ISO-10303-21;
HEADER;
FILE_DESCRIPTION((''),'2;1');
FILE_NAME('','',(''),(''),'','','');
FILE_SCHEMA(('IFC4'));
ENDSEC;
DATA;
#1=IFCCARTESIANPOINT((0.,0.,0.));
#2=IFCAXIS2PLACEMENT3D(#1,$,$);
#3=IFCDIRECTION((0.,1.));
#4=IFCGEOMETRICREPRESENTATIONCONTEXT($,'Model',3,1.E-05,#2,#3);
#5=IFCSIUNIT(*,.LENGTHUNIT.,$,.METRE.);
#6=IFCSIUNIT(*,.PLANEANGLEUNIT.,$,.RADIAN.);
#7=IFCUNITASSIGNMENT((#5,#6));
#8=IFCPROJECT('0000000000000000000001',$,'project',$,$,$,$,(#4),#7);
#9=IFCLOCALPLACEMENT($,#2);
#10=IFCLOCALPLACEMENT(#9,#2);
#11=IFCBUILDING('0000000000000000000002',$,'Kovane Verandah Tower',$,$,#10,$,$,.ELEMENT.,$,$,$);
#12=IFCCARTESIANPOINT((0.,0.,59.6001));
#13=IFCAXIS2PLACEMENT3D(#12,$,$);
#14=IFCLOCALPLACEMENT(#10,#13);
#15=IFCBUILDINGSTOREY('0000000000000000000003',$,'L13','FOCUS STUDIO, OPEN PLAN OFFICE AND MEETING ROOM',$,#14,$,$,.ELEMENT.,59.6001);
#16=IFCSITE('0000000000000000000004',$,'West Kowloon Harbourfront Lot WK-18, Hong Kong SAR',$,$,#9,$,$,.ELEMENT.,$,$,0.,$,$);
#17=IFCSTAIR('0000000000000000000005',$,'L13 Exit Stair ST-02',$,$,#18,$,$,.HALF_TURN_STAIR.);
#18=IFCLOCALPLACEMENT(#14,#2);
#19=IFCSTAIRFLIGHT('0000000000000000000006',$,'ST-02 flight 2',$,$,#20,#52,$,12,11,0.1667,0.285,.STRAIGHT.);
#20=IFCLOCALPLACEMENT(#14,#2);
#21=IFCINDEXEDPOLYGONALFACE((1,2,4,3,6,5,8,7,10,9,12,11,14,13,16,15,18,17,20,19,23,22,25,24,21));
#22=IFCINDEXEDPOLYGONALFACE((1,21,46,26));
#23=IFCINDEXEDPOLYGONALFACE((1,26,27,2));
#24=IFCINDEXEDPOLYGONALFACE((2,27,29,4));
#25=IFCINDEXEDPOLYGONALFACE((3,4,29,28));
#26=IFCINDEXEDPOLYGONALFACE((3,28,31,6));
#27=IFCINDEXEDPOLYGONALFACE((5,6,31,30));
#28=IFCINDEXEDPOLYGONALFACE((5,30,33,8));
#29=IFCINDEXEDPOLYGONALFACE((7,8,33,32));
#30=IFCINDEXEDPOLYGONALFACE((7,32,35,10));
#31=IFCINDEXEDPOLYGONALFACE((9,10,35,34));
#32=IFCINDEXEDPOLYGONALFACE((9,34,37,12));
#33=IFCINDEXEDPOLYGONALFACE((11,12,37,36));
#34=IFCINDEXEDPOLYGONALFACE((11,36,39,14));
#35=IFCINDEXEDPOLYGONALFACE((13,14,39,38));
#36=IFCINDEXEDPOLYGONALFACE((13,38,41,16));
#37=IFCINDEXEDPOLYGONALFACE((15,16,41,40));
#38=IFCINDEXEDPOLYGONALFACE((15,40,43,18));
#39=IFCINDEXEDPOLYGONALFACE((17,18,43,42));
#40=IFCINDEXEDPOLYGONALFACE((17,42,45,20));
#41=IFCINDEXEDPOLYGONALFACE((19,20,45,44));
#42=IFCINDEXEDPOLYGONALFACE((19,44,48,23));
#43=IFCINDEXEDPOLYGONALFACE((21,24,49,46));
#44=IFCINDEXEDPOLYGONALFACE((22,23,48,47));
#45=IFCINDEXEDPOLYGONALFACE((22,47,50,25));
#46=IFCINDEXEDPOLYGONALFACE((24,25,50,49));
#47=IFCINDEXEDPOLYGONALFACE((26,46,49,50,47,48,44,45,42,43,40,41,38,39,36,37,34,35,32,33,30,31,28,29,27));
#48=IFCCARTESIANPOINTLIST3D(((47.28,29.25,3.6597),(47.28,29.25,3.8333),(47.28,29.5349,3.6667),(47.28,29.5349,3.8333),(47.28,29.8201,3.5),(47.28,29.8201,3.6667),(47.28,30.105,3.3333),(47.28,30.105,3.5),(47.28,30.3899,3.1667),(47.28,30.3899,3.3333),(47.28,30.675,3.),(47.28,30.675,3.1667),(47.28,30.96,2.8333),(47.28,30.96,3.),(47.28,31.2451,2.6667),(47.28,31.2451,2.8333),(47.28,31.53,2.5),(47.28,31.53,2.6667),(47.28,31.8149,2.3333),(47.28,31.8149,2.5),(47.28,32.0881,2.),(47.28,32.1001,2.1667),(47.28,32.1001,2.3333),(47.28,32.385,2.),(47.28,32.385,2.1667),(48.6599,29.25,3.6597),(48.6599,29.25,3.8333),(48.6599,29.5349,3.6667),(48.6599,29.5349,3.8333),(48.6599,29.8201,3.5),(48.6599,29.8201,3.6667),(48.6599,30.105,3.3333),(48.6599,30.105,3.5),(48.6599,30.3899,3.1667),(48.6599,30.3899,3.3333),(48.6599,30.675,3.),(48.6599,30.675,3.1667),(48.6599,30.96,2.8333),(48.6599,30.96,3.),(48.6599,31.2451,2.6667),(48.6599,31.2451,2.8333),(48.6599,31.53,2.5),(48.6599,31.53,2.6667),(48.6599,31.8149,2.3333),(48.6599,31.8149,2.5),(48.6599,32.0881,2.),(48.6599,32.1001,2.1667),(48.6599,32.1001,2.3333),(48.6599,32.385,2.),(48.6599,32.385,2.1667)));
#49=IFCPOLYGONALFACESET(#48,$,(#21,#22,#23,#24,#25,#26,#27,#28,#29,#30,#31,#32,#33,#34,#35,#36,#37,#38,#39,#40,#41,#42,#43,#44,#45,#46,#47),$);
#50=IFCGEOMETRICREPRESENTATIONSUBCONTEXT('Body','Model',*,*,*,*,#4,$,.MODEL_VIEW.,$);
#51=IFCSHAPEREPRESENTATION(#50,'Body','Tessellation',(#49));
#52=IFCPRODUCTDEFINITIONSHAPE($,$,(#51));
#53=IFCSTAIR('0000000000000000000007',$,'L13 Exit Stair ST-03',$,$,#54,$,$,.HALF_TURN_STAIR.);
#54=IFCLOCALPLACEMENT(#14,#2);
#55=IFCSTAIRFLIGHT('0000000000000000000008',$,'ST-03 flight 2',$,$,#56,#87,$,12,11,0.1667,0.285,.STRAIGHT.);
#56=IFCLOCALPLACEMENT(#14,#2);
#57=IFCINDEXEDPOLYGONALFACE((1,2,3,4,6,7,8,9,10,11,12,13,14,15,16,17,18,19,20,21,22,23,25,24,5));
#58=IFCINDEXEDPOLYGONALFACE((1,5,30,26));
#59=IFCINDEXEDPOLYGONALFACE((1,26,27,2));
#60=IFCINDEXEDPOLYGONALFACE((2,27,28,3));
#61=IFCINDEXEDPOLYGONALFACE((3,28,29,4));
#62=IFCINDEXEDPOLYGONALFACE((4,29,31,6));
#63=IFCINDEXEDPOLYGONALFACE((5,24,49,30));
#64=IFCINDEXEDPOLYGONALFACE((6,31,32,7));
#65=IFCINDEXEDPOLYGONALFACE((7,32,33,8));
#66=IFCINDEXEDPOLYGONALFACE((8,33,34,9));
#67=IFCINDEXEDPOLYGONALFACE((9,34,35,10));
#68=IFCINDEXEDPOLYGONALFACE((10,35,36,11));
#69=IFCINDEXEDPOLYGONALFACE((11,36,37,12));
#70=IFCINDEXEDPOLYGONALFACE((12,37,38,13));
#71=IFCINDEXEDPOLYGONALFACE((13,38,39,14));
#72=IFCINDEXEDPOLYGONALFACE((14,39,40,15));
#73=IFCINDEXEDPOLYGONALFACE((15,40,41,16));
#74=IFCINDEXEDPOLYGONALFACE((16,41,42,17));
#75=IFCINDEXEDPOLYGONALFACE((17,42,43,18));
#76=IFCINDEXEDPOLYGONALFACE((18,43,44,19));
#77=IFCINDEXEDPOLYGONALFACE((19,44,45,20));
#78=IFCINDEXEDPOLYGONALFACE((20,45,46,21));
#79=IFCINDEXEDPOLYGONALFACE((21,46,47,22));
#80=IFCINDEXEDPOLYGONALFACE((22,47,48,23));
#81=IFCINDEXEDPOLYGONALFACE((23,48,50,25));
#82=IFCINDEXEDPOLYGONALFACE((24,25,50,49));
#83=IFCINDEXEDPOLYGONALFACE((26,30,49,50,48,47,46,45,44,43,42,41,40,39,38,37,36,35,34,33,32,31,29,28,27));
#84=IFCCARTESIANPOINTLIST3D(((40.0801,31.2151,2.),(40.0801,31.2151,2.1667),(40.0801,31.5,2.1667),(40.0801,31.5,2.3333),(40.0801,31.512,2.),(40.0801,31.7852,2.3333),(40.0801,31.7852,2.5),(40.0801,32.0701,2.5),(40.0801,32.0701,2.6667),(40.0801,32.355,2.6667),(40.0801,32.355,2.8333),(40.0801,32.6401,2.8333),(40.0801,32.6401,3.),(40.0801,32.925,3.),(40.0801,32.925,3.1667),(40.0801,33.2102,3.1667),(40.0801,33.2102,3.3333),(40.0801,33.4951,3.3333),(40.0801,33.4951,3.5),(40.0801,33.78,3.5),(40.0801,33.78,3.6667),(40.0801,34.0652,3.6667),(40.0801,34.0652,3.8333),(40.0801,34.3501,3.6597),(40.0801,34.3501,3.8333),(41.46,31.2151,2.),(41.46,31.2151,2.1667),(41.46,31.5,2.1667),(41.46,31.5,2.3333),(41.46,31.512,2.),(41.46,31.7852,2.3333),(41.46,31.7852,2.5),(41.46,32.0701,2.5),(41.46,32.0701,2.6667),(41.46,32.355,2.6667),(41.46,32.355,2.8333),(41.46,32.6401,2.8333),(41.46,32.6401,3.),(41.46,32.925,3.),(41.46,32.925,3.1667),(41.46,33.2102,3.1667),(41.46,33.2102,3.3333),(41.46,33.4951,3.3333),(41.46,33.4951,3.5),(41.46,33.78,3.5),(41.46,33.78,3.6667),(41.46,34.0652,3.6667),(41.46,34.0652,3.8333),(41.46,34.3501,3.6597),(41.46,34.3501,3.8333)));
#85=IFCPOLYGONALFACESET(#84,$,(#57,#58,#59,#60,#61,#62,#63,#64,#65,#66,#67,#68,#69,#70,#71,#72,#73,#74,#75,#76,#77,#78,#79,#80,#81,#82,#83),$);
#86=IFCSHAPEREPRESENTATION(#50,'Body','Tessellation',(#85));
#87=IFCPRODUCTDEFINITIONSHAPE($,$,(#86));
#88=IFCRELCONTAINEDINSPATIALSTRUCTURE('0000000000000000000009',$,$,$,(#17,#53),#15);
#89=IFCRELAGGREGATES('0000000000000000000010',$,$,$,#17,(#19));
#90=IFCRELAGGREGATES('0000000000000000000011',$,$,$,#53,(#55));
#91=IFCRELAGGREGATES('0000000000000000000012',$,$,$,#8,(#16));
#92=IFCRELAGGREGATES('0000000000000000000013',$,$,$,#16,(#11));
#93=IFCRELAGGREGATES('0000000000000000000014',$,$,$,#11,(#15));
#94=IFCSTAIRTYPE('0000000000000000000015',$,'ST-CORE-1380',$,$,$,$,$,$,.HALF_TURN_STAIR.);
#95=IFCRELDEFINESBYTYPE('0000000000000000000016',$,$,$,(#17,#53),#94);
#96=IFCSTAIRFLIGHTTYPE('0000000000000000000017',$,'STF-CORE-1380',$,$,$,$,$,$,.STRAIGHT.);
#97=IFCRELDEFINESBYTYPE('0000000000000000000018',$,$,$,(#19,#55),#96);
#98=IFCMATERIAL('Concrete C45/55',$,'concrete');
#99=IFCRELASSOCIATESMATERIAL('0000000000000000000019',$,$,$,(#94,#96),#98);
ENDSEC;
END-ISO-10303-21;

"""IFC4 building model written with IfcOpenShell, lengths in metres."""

from ifc_helpers import new_model, si_unit, direction, frame, origin, place, context, subcontext, project, spatial, polyline, outline, extrude, material, type_object, element, aggregate, save


model = new_model("IFC4")

# Units and contexts
model_context = context("Model", 3, precision=1e-05, world=origin(), true_north=direction((0.0, 1.0)))
body_context = subcontext(model_context, "Body", "Model", "MODEL_VIEW")
ifc_project = project(units=[si_unit("LENGTHUNIT", "METRE"), si_unit("PLANEANGLEUNIT", "RADIAN")], contexts=[model_context])

# Site, building, storey
site_placement = place(None, origin())
site = spatial("IfcSite", under=ifc_project, at=site_placement, Name="West Kowloon Harbourfront Lot WK-18, Hong Kong SAR", CompositionType="ELEMENT", RefElevation=0.0)
building_placement = place(site_placement, origin())
building = spatial("IfcBuilding", under=site, at=building_placement, Name="Kovane Verandah Tower", CompositionType="ELEMENT")
storey_placement = place(building_placement, frame((0.0, 0.0, 59.6001)))
storey = spatial("IfcBuildingStorey", under=building, at=storey_placement, Name="L13", Description="FOCUS STUDIO, OPEN PLAN OFFICE AND MEETING ROOM", CompositionType="ELEMENT", Elevation=59.6001)

# Shared definitions
ifc_material_1 = material(Name="Concrete C45/55", Category="concrete")

# Stairs, stair flights
stair_type = type_object("IfcStairType", Name="ST-CORE-1380", PredefinedType="HALF_TURN_STAIR", material=ifc_material_1)
stair_1_placement = place(storey_placement, origin())
stair_1 = element("IfcStair", 1, at=stair_1_placement, inside=storey, type_object=stair_type, Name="L13 Exit Stair ST-02", PredefinedType="HALF_TURN_STAIR")
stair_flight_type = type_object("IfcStairFlightType", Name="STF-CORE-1380", PredefinedType="STRAIGHT", material=ifc_material_1)
stair_flight_1_placement = place(storey_placement, frame((47.97, 32.385, 2.0), z_axis=(0.0, 0.0, 1.0), x_axis=(0.0, -1.0, 0.0)))
stair_flight_1 = element("IfcStairFlight", 2, at=stair_flight_1_placement, type_object=stair_flight_type, Name="ST-02 flight 2", NumberOfRisers=12, NumberOfTreads=11, PredefinedType="STRAIGHT", RiserHeight=0.1667, TreadLength=0.285, context=body_context, shape_type="SweptSolid", body=[
    extrude(outline(polyline([(0.0, 0.0), (0.0, 0.1667), (0.2849, 0.1667), (0.2849, 0.3333), (0.5701, 0.3333), (0.5701, 0.5), (0.855, 0.5), (0.855, 0.6667), (1.1399, 0.6667), (1.1399, 0.8333), (1.425, 0.8333), (1.425, 1.0), (1.71, 1.0), (1.71, 1.1667), (1.9951, 1.1667), (1.9951, 1.3333), (2.28, 1.3333), (2.28, 1.5), (2.5649, 1.5), (2.5649, 1.6667), (2.8501, 1.6667), (2.8501, 1.8333), (3.135, 1.8333), (3.135, 2.0), (3.135, 1.6597), (0.2969, 0.0), (0.0, 0.0)])), frame((0.0, 0.6899, 0.0), z_axis=(0.0, -1.0, 0.0), x_axis=(1.0, 0.0, 0.0)), (0.0, 0.0, 1.0), 1.3799),
])
aggregate(stair_1, [stair_flight_1])
stair_2_placement = place(storey_placement, origin())
stair_2 = element("IfcStair", 3, at=stair_2_placement, inside=storey, type_object=stair_type, Name="L13 Exit Stair ST-03", PredefinedType="HALF_TURN_STAIR")
stair_flight_2_placement = place(storey_placement, frame((40.77, 31.2151, 2.0), z_axis=(0.0, 0.0, 1.0), x_axis=(0.0, 1.0, 0.0)))
stair_flight_2 = element("IfcStairFlight", 4, at=stair_flight_2_placement, type_object=stair_flight_type, Name="ST-03 flight 2", NumberOfRisers=12, NumberOfTreads=11, PredefinedType="STRAIGHT", RiserHeight=0.1667, TreadLength=0.285, context=body_context, shape_type="SweptSolid", body=[
    extrude(outline(polyline([(0.0, 0.0), (0.0, 0.1667), (0.2849, 0.1667), (0.2849, 0.3333), (0.5701, 0.3333), (0.5701, 0.5), (0.855, 0.5), (0.855, 0.6667), (1.1399, 0.6667), (1.1399, 0.8333), (1.425, 0.8333), (1.425, 1.0), (1.71, 1.0), (1.71, 1.1667), (1.9951, 1.1667), (1.9951, 1.3333), (2.28, 1.3333), (2.28, 1.5), (2.5649, 1.5), (2.5649, 1.6667), (2.8501, 1.6667), (2.8501, 1.8333), (3.135, 1.8333), (3.135, 2.0), (3.135, 1.6597), (0.2969, 0.0), (0.0, 0.0)])), frame((0.0, 0.6899, 0.0), z_axis=(0.0, -1.0, 0.0), x_axis=(1.0, 0.0, 0.0)), (0.0, 0.0, 1.0), 1.3799),
])
aggregate(stair_2, [stair_flight_2])

save(model, "model.ifc")
